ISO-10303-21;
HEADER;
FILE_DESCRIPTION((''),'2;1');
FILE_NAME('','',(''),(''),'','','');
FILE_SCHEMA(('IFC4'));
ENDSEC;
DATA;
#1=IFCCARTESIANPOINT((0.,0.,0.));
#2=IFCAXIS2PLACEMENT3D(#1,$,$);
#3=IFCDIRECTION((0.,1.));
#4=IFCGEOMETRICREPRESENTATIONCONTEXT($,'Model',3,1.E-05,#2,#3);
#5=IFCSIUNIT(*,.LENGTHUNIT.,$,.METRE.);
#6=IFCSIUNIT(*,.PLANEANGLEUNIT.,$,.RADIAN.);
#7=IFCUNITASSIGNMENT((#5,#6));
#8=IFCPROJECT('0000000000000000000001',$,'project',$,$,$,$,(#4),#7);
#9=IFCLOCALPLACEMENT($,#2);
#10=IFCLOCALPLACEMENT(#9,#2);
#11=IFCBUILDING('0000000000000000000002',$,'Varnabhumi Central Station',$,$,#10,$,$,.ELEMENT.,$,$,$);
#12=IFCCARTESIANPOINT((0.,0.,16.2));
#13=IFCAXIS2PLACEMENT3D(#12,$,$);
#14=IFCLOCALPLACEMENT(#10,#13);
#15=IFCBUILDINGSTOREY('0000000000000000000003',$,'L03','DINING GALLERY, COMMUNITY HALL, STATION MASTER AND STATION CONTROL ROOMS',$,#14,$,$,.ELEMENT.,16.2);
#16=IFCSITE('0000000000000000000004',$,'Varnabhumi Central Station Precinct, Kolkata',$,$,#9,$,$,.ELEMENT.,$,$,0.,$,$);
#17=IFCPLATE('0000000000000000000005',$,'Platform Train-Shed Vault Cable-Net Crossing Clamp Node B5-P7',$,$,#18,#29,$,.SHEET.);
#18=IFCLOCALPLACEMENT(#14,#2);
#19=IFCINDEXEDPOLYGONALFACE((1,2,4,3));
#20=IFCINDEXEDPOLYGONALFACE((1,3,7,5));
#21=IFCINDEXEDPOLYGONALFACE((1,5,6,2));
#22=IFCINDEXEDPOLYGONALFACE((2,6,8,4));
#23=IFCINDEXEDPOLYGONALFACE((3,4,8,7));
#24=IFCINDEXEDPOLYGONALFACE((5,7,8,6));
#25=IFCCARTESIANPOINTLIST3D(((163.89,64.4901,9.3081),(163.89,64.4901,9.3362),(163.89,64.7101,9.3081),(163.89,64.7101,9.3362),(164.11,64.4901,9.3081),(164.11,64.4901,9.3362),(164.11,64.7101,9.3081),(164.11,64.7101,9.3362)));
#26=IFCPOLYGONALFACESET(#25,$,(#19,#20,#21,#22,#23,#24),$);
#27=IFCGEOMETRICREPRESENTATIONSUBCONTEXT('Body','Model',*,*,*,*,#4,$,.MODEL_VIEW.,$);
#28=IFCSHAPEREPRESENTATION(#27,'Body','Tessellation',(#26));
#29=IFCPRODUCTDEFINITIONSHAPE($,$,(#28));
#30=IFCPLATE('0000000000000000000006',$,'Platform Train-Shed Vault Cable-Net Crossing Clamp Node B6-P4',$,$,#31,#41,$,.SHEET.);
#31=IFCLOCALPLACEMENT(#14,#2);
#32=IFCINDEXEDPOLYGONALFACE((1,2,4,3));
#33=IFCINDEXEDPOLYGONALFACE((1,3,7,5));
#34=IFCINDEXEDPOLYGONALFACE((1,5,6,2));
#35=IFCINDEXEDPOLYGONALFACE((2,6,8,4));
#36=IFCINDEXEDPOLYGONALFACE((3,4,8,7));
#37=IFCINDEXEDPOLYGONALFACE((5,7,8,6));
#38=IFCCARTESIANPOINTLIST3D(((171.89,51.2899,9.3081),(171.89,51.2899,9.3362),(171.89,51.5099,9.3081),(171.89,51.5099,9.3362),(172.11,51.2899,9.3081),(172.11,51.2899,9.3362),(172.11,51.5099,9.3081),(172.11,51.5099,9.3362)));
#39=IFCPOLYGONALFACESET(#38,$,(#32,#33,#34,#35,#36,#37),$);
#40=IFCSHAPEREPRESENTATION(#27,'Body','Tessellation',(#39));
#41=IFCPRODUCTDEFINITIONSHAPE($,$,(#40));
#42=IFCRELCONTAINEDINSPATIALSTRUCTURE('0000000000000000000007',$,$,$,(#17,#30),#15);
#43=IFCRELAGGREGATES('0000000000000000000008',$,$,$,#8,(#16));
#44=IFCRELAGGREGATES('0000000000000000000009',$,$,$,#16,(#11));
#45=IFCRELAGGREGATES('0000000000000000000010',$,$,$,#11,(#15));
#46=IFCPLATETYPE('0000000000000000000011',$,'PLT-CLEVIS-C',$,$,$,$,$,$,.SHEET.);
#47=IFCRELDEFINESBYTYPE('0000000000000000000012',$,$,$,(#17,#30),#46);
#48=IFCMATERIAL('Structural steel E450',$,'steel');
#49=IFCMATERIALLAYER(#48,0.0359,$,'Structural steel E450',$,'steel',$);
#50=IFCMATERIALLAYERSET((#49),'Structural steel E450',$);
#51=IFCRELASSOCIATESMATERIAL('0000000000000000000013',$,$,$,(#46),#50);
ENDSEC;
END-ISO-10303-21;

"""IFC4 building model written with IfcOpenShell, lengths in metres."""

from ifc_helpers import new_model, si_unit, direction, frame, origin, origin_2d, place, context, subcontext, project, spatial, rectangle, extrude, material, layer, layer_set, type_object, element, save


model = new_model("IFC4")

# Units and contexts
model_context = context("Model", 3, precision=1e-05, world=origin(), true_north=direction((0.0, 1.0)))
body_context = subcontext(model_context, "Body", "Model", "MODEL_VIEW")
ifc_project = project(units=[si_unit("LENGTHUNIT", "METRE"), si_unit("PLANEANGLEUNIT", "RADIAN")], contexts=[model_context])

# Site, building, storey
site_placement = place(None, origin())
site = spatial("IfcSite", under=ifc_project, at=site_placement, Name="Varnabhumi Central Station Precinct, Kolkata", CompositionType="ELEMENT", RefElevation=0.0)
building_placement = place(site_placement, origin())
building = spatial("IfcBuilding", under=site, at=building_placement, Name="Varnabhumi Central Station", CompositionType="ELEMENT")
storey_placement = place(building_placement, frame((0.0, 0.0, 16.2)))
storey = spatial("IfcBuildingStorey", under=building, at=storey_placement, Name="L03", Description="DINING GALLERY, COMMUNITY HALL, STATION MASTER AND STATION CONTROL ROOMS", CompositionType="ELEMENT", Elevation=16.2)

# Shared definitions
ifc_material_1 = material(Name="Structural steel E450", Category="steel")

# Plates
ifc_layer = layer(ifc_material_1, 0.0359, Name="Structural steel E450", Category="steel")
ifc_layer_set = layer_set([ifc_layer], Name="Structural steel E450")
plate_type = type_object("IfcPlateType", Name="PLT-CLEVIS-C", PredefinedType="SHEET", material=ifc_layer_set)
for number, where, z_axis, x_axis, name in (
    (1, (164.0, 64.6001, 9.3081), (0.0, 0.0, 1.0), (1.0, 0.0, 0.0), "Platform Train-Shed Vault Cable-Net Crossing Clamp Node B5-P7"),
    (2, (172.0, 51.3999, 9.3081), (0.0, 0.0, 1.0), (1.0, 0.0, 0.0), "Platform Train-Shed Vault Cable-Net Crossing Clamp Node B6-P4"),
):
    element("IfcPlate", number, at=place(storey_placement, frame(where, z_axis=z_axis, x_axis=x_axis)), inside=storey, type_object=plate_type, Name=name, PredefinedType="SHEET", context=body_context, shape_type="SweptSolid", body=[
        extrude(rectangle(XDim=0.22, YDim=0.22, at=origin_2d()), origin(), (0.0, 0.0, 1.0), 0.0281),
    ])

save(model, "model.ifc")
